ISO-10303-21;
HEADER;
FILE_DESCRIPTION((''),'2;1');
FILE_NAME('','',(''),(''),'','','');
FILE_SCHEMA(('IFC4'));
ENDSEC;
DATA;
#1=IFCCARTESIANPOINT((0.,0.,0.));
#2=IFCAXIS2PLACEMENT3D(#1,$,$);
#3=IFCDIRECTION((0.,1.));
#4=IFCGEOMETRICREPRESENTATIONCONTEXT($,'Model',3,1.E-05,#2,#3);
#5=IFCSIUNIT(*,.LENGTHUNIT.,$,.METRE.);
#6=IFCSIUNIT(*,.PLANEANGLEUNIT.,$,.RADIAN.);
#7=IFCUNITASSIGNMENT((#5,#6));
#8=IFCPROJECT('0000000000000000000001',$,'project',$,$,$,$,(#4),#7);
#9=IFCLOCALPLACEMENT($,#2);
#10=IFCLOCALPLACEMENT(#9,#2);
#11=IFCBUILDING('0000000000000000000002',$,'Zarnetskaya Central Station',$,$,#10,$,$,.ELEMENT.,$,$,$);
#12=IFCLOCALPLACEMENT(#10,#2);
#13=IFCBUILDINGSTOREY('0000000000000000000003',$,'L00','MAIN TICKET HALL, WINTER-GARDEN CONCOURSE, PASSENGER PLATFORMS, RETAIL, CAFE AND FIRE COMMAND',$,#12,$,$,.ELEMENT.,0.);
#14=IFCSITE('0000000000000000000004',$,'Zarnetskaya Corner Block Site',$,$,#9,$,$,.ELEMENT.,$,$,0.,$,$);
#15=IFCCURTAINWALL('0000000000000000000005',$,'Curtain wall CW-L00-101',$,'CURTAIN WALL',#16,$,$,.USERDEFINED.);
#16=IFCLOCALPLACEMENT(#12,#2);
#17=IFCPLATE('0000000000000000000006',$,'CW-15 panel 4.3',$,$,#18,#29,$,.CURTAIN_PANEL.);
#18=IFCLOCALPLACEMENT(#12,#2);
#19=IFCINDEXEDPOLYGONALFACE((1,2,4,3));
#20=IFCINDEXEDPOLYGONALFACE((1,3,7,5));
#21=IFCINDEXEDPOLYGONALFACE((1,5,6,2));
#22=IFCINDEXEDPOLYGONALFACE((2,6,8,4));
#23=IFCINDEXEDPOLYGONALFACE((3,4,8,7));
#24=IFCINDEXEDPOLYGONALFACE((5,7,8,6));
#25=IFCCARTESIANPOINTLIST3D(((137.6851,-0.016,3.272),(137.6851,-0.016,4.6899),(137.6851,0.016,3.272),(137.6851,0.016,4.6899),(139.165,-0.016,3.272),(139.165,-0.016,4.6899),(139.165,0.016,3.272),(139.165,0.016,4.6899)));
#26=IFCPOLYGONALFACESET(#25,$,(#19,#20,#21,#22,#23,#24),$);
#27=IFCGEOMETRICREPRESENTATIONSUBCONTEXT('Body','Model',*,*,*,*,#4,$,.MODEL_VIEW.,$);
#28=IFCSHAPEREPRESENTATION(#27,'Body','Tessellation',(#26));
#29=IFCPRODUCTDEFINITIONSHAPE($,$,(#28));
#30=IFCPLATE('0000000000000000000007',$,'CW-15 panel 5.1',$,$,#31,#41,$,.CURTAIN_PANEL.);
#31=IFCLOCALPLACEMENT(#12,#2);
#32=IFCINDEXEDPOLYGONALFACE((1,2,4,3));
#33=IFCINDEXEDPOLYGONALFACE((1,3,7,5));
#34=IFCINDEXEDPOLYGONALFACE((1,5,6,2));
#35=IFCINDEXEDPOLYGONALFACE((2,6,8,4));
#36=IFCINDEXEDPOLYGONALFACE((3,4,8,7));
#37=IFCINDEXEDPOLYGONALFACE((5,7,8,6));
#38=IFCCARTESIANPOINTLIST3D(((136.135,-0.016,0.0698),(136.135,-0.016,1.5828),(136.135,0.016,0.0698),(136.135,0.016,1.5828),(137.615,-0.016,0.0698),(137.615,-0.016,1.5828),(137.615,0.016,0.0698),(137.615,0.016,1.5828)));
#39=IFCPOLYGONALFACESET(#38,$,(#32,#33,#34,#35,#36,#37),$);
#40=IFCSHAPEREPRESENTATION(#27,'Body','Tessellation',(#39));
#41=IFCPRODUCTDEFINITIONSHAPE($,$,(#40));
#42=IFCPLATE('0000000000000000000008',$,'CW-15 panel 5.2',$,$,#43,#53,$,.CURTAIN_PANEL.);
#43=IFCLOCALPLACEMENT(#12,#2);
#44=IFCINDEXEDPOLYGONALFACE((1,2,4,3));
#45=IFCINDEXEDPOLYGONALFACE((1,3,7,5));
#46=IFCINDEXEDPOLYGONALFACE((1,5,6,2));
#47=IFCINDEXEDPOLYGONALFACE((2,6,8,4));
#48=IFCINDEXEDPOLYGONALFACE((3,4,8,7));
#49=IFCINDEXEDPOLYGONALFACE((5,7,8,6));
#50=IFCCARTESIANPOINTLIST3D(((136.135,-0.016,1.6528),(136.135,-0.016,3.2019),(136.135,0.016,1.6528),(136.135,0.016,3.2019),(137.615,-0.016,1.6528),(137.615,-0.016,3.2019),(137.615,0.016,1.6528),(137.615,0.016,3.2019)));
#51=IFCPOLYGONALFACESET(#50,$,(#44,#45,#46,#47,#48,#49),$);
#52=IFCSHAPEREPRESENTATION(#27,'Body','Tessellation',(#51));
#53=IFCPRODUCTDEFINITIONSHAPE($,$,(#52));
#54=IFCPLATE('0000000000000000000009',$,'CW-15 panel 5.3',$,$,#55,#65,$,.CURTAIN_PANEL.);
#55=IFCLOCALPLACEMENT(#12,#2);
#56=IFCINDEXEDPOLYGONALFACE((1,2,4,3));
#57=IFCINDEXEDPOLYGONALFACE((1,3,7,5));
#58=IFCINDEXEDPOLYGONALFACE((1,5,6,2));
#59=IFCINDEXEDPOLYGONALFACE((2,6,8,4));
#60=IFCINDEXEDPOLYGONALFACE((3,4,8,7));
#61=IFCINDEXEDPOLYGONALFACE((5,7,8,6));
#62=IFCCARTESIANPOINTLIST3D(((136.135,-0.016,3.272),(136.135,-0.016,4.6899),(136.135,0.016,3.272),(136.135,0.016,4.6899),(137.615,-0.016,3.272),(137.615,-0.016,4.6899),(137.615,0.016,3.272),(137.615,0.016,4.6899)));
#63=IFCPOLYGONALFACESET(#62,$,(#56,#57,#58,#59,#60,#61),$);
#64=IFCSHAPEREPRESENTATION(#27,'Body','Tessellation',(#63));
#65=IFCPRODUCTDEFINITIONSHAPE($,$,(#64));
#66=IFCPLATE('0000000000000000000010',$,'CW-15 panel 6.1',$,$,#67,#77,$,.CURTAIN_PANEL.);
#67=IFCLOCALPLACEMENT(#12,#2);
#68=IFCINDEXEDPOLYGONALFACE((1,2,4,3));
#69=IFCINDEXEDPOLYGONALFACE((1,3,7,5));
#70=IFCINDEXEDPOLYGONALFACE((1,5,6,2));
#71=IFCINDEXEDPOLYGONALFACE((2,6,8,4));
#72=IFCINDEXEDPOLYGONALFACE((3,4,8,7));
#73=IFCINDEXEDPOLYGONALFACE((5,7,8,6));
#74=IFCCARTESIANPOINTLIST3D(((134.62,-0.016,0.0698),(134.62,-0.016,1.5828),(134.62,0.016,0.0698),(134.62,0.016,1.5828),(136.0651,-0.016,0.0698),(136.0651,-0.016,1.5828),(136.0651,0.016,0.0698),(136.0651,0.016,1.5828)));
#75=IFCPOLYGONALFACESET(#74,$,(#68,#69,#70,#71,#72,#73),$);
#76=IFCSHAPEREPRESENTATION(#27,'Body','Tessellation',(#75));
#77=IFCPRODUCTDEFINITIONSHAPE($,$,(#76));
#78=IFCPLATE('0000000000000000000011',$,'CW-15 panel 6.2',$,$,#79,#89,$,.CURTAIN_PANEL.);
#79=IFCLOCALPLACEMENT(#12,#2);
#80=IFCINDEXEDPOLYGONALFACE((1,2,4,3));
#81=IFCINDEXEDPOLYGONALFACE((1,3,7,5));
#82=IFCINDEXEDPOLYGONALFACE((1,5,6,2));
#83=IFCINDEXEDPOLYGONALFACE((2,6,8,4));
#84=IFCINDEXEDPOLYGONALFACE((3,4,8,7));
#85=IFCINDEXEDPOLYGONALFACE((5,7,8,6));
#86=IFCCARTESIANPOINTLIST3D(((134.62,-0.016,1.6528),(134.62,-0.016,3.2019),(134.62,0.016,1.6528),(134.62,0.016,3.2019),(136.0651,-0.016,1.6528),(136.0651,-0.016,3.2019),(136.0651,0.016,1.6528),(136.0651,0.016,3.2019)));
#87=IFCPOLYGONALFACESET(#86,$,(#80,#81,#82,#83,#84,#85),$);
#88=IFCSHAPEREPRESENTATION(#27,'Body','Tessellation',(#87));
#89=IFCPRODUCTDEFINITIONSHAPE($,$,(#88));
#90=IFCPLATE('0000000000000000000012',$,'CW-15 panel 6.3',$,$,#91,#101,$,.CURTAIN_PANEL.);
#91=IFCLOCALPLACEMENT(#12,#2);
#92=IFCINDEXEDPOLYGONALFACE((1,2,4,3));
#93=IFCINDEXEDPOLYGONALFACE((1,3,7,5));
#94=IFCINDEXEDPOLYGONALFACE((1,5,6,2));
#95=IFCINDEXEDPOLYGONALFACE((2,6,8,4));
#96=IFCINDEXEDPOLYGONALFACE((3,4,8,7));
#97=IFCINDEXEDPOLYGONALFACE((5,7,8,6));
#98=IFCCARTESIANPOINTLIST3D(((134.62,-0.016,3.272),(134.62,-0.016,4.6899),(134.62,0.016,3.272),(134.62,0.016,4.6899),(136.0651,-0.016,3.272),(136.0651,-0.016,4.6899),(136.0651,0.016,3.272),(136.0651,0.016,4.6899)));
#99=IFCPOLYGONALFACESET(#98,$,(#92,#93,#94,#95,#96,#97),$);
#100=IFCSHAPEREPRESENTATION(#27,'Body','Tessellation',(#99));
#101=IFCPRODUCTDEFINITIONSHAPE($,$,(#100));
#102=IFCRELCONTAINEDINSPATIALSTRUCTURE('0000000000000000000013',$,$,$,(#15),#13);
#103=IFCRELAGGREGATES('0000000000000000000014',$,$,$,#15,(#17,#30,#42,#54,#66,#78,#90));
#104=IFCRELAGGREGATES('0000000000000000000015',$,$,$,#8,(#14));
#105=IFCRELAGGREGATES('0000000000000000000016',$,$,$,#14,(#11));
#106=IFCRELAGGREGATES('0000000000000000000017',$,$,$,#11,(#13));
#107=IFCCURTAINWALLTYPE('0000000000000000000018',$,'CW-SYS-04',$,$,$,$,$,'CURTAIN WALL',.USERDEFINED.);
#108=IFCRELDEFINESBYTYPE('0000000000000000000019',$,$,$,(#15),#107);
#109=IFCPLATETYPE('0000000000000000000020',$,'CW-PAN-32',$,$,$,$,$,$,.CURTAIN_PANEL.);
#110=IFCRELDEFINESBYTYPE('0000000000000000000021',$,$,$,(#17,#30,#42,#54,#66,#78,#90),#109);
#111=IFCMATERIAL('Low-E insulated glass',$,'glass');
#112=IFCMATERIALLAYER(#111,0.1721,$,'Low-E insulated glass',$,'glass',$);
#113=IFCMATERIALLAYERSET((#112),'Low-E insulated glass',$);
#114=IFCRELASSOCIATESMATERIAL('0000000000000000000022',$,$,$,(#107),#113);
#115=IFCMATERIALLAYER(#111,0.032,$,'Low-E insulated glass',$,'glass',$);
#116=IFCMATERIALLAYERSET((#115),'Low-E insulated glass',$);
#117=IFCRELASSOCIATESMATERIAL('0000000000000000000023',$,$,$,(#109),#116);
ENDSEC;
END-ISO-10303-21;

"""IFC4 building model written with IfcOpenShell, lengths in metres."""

from ifc_helpers import new_model, si_unit, direction, frame, origin, origin_2d, place, context, subcontext, project, spatial, rectangle, extrude, material, layer, layer_set, type_object, element, aggregate, save


model = new_model("IFC4")

# Units and contexts
model_context = context("Model", 3, precision=1e-05, world=origin(), true_north=direction((0.0, 1.0)))
body_context = subcontext(model_context, "Body", "Model", "MODEL_VIEW")
ifc_project = project(units=[si_unit("LENGTHUNIT", "METRE"), si_unit("PLANEANGLEUNIT", "RADIAN")], contexts=[model_context])

# Site, building, storey
site_placement = place(None, origin())
site = spatial("IfcSite", under=ifc_project, at=site_placement, Name="Zarnetskaya Corner Block Site", CompositionType="ELEMENT", RefElevation=0.0)
building_placement = place(site_placement, origin())
building = spatial("IfcBuilding", under=site, at=building_placement, Name="Zarnetskaya Central Station", CompositionType="ELEMENT")
storey_placement = place(building_placement, origin())
storey = spatial("IfcBuildingStorey", under=building, at=storey_placement, Name="L00", Description="MAIN TICKET HALL, WINTER-GARDEN CONCOURSE, PASSENGER PLATFORMS, RETAIL, CAFE AND FIRE COMMAND", CompositionType="ELEMENT", Elevation=0.0)

# Curtain wall, plates
ifc_material_1 = material(Name="Low-E insulated glass", Category="glass")
ifc_layer_1 = layer(ifc_material_1, 0.1721, Name="Low-E insulated glass", Category="glass")
ifc_layer_set_1 = layer_set([ifc_layer_1], Name="Low-E insulated glass")
curtain_wall_type = type_object("IfcCurtainWallType", Name="CW-SYS-04", ElementType="CURTAIN WALL", PredefinedType="USERDEFINED", material=ifc_layer_set_1)
curtain_wall_placement = place(storey_placement, origin())
curtain_wall = element("IfcCurtainWall", 1, at=curtain_wall_placement, inside=storey, type_object=curtain_wall_type, Name="Curtain wall CW-L00-101", ObjectType="CURTAIN WALL", PredefinedType="USERDEFINED")
ifc_layer_2 = layer(ifc_material_1, 0.032, Name="Low-E insulated glass", Category="glass")
ifc_layer_set_2 = layer_set([ifc_layer_2], Name="Low-E insulated glass")
plate_type = type_object("IfcPlateType", Name="CW-PAN-32", PredefinedType="CURTAIN_PANEL", material=ifc_layer_set_2)
plate_1_placement = place(storey_placement, frame((138.425, 0.0, 3.272), z_axis=(0.0, 0.0, 1.0), x_axis=(-1.0, 0.0, 0.0)))
plate_1 = element("IfcPlate", 2, at=plate_1_placement, type_object=plate_type, Name="CW-15 panel 4.3", PredefinedType="CURTAIN_PANEL", context=body_context, shape_type="SweptSolid", body=[
    extrude(rectangle(XDim=1.48, YDim=0.032, at=origin_2d()), origin(), (0.0, 0.0, 1.0), 1.418),
])
plate_2_placement = place(storey_placement, frame((136.875, 0.0, 0.0698), z_axis=(0.0, 0.0, 1.0), x_axis=(-1.0, 0.0, 0.0)))
plate_2 = element("IfcPlate", 3, at=plate_2_placement, type_object=plate_type, Name="CW-15 panel 5.1", PredefinedType="CURTAIN_PANEL", context=body_context, shape_type="SweptSolid", body=[
    extrude(rectangle(XDim=1.48, YDim=0.032, at=origin_2d()), origin(), (0.0, 0.0, 1.0), 1.5129),
])
plate_3_placement = place(storey_placement, frame((136.875, 0.0, 1.6528), z_axis=(0.0, 0.0, 1.0), x_axis=(-1.0, 0.0, 0.0)))
plate_3 = element("IfcPlate", 4, at=plate_3_placement, type_object=plate_type, Name="CW-15 panel 5.2", PredefinedType="CURTAIN_PANEL", context=body_context, shape_type="SweptSolid", body=[
    extrude(rectangle(XDim=1.48, YDim=0.032, at=origin_2d()), origin(), (0.0, 0.0, 1.0), 1.5491),
])
plate_4_placement = place(storey_placement, frame((136.875, 0.0, 3.272), z_axis=(0.0, 0.0, 1.0), x_axis=(-1.0, 0.0, 0.0)))
plate_4 = element("IfcPlate", 5, at=plate_4_placement, type_object=plate_type, Name="CW-15 panel 5.3", PredefinedType="CURTAIN_PANEL", context=body_context, shape_type="SweptSolid", body=[
    extrude(rectangle(XDim=1.48, YDim=0.032, at=origin_2d()), origin(), (0.0, 0.0, 1.0), 1.418),
])
plate_5_placement = place(storey_placement, frame((135.3425, 0.0, 0.0698), z_axis=(0.0, 0.0, 1.0), x_axis=(-1.0, 0.0, 0.0)))
plate_5 = element("IfcPlate", 6, at=plate_5_placement, type_object=plate_type, Name="CW-15 panel 6.1", PredefinedType="CURTAIN_PANEL", context=body_context, shape_type="SweptSolid", body=[
    extrude(rectangle(XDim=1.4451, YDim=0.032, at=origin_2d()), origin(), (0.0, 0.0, 1.0), 1.5129),
])
plate_6_placement = place(storey_placement, frame((135.3425, 0.0, 1.6528), z_axis=(0.0, 0.0, 1.0), x_axis=(-1.0, 0.0, 0.0)))
plate_6 = element("IfcPlate", 7, at=plate_6_placement, type_object=plate_type, Name="CW-15 panel 6.2", PredefinedType="CURTAIN_PANEL", context=body_context, shape_type="SweptSolid", body=[
    extrude(rectangle(XDim=1.4451, YDim=0.032, at=origin_2d()), origin(), (0.0, 0.0, 1.0), 1.5491),
])
plate_7_placement = place(storey_placement, frame((135.3425, 0.0, 3.272), z_axis=(0.0, 0.0, 1.0), x_axis=(-1.0, 0.0, 0.0)))
plate_7 = element("IfcPlate", 8, at=plate_7_placement, type_object=plate_type, Name="CW-15 panel 6.3", PredefinedType="CURTAIN_PANEL", context=body_context, shape_type="SweptSolid", body=[
    extrude(rectangle(XDim=1.4451, YDim=0.032, at=origin_2d()), origin(), (0.0, 0.0, 1.0), 1.418),
])
aggregate(curtain_wall, [plate_1, plate_2, plate_3, plate_4, plate_5, plate_6, plate_7])

save(model, "model.ifc")
